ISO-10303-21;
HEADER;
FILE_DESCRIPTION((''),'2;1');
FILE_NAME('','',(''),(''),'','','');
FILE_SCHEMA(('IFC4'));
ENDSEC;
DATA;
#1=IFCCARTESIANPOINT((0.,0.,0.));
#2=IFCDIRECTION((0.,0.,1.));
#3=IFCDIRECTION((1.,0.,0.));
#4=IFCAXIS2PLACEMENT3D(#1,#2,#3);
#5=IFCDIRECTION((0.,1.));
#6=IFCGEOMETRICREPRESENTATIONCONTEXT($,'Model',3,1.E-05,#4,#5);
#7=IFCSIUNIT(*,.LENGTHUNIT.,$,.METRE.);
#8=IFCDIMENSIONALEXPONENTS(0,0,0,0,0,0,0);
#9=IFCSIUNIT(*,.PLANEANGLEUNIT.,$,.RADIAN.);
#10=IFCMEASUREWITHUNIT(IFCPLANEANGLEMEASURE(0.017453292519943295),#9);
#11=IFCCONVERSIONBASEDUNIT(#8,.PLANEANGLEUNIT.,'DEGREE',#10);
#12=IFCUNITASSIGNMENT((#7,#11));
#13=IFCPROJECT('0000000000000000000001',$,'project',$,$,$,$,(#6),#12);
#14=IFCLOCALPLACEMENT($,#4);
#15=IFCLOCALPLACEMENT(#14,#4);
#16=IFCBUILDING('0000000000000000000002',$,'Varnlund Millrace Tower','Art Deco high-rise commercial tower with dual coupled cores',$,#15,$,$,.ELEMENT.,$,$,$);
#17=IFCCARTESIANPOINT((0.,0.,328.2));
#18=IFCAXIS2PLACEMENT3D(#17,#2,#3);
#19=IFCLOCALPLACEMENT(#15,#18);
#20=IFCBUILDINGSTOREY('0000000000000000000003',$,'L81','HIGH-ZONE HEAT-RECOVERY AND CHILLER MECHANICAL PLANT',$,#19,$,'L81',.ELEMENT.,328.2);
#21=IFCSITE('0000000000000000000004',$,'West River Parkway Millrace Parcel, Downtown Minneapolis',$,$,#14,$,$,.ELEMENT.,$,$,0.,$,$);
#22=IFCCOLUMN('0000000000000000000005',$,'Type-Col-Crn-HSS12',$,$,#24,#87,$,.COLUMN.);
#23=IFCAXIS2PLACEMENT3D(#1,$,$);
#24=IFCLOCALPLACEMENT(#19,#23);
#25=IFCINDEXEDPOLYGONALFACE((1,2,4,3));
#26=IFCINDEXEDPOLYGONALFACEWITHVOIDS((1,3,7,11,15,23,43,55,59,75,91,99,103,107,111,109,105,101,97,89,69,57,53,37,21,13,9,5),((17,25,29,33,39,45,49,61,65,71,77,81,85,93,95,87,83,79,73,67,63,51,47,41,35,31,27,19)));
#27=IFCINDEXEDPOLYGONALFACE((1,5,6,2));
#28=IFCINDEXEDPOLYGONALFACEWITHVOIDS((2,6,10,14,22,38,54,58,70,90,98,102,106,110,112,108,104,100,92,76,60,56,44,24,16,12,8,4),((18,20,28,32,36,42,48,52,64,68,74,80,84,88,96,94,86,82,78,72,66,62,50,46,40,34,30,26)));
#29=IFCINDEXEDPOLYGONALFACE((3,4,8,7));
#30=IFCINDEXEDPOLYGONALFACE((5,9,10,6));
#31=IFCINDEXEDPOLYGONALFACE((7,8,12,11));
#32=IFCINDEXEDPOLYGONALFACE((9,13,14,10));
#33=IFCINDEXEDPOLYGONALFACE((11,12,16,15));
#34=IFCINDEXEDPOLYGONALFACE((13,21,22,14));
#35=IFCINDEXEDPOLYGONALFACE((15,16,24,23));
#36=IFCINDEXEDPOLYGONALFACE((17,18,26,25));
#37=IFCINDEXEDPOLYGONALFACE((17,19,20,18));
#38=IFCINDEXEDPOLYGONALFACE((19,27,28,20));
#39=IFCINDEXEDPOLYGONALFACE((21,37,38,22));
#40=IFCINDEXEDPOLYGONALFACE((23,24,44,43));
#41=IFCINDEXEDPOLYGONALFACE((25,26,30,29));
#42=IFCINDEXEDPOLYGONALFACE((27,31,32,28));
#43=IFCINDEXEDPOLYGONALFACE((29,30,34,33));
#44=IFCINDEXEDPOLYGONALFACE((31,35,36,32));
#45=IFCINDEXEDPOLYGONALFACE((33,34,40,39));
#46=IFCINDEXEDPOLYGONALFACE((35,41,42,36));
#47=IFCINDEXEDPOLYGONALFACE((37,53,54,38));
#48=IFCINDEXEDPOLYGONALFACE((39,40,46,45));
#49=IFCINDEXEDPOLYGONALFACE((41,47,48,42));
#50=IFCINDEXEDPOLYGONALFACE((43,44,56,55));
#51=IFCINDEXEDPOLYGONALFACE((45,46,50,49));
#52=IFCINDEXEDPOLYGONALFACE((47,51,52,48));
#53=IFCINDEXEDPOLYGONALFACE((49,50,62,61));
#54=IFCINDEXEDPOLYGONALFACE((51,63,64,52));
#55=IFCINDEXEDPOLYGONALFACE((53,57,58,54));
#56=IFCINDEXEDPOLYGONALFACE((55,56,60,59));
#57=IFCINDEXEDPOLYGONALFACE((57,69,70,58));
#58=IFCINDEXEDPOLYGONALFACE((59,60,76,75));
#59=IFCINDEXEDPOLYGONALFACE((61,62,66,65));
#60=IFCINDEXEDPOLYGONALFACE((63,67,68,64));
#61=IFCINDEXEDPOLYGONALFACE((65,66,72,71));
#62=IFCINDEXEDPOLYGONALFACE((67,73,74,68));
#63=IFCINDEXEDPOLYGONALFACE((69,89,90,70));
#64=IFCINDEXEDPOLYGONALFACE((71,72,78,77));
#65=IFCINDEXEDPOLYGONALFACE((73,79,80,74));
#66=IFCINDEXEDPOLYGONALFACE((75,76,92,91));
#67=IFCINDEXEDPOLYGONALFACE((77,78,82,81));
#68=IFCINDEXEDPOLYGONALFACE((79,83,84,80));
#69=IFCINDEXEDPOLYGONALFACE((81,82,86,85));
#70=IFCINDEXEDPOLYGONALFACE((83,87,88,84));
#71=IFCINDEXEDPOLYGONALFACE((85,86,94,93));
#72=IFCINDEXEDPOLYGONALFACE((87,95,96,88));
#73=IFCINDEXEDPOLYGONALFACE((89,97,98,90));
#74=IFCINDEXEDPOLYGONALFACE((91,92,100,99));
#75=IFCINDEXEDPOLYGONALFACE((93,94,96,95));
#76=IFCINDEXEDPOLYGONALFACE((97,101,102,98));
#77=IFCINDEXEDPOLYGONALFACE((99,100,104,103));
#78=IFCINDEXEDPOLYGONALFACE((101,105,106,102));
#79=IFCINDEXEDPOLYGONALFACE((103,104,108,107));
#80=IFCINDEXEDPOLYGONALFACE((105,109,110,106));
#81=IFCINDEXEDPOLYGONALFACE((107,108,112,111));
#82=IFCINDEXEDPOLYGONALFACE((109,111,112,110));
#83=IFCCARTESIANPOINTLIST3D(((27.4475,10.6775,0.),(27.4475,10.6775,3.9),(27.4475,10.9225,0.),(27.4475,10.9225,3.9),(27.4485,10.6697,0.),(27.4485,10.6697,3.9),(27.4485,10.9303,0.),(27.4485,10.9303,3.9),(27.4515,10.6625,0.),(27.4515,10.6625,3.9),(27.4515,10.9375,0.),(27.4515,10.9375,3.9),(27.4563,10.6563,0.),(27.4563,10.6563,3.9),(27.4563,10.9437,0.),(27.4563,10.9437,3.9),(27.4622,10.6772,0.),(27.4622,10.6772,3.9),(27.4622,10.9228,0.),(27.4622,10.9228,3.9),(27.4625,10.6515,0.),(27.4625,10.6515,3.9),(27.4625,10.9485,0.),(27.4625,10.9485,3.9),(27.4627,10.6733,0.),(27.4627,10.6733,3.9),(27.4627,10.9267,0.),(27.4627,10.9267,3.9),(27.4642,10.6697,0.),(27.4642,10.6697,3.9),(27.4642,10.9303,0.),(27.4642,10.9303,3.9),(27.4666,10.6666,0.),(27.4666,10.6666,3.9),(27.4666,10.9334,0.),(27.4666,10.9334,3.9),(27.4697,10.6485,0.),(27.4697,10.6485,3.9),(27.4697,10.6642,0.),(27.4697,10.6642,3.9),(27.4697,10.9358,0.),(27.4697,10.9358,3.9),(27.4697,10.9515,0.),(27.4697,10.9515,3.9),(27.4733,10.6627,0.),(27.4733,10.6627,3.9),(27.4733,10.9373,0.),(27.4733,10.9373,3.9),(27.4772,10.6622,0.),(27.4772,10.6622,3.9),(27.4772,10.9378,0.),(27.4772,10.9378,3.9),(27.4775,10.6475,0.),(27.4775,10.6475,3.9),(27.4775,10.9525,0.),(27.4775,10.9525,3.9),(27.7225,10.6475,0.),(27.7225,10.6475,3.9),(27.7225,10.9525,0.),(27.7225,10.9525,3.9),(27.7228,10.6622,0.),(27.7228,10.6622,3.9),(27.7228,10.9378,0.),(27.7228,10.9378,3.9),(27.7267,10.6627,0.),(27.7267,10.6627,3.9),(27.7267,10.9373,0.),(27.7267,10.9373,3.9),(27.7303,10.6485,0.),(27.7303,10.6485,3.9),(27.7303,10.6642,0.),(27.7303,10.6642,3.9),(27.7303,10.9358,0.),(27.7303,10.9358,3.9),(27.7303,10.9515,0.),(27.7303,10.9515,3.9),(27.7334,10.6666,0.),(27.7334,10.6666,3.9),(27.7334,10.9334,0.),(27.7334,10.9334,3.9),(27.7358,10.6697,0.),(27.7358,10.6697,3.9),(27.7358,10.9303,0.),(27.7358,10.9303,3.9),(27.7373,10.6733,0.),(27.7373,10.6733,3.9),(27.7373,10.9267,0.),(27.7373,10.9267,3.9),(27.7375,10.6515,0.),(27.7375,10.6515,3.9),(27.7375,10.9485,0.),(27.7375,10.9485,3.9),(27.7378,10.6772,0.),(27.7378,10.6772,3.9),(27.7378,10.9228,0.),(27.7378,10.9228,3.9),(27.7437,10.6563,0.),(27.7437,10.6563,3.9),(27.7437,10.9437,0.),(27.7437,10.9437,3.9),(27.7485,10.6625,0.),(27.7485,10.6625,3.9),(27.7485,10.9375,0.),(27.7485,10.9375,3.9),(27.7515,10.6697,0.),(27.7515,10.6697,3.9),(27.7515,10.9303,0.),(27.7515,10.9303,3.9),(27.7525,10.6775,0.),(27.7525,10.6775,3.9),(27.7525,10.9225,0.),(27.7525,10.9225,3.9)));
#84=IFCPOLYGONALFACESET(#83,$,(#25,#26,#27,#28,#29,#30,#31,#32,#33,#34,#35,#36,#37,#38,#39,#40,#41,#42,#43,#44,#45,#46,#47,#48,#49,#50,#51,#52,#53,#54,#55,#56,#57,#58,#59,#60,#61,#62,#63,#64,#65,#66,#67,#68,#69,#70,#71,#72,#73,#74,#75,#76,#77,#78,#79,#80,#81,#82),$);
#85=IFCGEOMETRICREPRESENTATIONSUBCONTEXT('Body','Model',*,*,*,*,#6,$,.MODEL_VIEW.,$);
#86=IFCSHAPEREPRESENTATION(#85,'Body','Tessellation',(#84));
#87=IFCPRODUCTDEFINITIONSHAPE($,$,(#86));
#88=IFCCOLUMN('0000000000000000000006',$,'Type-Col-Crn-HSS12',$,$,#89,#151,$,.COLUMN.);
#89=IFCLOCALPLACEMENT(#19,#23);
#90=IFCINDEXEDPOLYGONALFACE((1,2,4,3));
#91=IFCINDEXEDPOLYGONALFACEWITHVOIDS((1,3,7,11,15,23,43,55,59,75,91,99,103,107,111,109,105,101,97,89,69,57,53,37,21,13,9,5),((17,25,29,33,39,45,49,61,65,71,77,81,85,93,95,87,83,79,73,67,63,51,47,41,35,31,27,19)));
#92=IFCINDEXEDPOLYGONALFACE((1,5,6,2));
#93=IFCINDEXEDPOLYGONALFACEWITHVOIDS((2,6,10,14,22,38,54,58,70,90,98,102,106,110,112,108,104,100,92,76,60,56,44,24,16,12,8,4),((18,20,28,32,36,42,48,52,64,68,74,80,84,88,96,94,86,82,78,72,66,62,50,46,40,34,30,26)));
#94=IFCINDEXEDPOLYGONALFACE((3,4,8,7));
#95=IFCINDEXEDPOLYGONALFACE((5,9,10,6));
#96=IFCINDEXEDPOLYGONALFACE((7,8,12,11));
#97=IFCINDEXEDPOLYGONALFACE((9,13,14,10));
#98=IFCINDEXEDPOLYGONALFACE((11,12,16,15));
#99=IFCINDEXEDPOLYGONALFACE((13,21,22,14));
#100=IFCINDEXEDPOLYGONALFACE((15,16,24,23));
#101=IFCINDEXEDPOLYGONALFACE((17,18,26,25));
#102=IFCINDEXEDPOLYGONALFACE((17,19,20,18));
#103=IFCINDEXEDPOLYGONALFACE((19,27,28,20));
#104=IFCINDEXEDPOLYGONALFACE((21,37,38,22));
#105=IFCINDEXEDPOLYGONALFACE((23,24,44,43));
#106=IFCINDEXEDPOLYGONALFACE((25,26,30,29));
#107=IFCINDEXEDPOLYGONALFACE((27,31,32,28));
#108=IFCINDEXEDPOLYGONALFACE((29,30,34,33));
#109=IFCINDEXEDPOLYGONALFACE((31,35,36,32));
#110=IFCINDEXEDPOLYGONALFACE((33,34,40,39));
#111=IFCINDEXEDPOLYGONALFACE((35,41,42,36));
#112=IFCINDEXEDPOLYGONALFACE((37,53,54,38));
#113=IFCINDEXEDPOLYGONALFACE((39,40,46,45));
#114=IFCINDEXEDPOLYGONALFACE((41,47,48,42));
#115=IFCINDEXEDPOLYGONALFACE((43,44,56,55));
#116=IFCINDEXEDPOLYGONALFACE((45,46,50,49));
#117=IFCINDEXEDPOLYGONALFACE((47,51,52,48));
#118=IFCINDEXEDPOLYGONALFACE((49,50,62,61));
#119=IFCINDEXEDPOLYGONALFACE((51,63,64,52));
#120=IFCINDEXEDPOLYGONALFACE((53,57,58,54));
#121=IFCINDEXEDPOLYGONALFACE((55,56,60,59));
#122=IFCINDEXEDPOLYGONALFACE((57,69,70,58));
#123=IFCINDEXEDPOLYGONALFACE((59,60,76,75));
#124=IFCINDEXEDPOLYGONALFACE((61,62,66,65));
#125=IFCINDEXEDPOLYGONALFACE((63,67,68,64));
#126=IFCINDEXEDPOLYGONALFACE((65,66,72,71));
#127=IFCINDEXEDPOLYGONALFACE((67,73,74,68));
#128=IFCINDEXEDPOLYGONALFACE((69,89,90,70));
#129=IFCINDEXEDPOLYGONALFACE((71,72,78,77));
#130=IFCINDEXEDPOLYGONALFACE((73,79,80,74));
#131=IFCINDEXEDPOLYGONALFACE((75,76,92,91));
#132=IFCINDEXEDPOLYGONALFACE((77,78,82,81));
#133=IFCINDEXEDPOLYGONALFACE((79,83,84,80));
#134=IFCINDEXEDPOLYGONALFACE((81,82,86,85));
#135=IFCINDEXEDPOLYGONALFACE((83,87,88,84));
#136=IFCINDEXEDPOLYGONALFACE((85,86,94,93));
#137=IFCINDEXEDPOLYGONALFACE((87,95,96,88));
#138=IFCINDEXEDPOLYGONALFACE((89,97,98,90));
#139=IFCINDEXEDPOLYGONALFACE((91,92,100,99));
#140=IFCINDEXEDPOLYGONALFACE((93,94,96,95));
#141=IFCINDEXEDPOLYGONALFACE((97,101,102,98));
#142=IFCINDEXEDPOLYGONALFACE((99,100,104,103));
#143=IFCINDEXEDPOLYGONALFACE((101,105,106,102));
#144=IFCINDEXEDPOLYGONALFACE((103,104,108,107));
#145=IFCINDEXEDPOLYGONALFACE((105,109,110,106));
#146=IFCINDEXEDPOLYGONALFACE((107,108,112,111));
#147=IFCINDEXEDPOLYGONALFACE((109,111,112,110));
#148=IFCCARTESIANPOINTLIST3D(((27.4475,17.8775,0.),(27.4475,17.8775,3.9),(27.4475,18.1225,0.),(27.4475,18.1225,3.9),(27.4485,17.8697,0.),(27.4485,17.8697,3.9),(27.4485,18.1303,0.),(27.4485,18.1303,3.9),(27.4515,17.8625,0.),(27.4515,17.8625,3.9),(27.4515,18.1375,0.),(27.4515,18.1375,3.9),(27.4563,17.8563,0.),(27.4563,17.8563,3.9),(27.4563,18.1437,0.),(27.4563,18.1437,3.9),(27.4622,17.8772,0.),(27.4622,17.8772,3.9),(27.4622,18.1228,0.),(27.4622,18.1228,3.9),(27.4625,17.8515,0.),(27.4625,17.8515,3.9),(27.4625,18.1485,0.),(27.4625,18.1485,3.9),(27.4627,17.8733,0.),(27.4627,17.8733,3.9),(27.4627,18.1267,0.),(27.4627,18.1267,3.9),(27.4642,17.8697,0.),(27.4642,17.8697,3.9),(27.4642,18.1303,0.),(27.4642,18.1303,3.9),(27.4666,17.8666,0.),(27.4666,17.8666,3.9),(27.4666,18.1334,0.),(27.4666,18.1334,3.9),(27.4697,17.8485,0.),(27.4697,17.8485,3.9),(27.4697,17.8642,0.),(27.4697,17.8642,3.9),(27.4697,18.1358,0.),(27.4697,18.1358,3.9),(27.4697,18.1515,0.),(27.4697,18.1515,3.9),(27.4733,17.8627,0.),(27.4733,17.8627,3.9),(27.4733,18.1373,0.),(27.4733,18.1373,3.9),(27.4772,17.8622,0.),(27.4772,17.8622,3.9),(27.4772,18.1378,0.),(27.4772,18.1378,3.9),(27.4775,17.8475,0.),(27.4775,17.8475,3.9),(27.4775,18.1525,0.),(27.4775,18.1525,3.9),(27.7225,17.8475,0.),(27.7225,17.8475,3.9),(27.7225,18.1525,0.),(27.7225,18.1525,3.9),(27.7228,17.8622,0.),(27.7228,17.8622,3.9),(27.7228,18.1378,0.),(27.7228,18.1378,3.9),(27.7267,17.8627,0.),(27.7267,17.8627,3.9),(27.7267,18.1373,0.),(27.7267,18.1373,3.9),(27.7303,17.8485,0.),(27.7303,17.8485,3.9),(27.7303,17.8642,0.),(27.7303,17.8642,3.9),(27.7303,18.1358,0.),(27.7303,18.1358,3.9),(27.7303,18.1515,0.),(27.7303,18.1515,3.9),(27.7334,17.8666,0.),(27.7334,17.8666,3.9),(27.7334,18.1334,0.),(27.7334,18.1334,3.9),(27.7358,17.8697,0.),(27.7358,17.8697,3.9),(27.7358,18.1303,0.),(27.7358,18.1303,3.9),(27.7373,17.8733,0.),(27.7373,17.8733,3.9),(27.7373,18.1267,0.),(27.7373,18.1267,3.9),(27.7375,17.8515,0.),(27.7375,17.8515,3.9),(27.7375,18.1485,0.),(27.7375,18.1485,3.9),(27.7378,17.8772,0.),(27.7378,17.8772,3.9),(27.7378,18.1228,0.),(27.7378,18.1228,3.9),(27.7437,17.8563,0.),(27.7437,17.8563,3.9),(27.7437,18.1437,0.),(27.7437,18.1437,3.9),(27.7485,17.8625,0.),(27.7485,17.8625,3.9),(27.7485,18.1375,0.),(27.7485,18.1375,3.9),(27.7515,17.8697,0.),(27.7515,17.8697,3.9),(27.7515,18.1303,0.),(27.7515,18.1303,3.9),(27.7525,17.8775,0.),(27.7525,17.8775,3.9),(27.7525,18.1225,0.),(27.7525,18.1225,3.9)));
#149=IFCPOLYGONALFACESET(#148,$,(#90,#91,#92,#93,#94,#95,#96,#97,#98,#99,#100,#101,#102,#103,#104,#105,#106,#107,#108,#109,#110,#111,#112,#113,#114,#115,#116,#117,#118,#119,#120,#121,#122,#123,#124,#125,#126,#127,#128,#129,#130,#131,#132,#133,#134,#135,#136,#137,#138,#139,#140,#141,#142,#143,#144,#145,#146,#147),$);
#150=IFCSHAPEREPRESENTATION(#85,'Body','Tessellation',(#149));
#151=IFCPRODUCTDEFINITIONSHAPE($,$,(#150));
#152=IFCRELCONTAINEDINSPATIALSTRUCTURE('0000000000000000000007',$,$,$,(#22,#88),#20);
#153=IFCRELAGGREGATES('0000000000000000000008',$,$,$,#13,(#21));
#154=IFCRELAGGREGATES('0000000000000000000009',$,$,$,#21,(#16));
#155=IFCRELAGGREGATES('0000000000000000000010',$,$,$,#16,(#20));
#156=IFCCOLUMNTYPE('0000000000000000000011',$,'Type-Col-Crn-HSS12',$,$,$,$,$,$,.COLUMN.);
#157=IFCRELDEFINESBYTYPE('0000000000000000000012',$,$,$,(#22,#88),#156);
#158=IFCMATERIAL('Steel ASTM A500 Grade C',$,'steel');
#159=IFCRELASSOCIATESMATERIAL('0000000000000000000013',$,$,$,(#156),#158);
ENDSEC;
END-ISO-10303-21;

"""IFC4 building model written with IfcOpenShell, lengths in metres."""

from ifc_helpers import new_model, entity, si_unit, converted_unit, direction, frame, origin_with_axes, origin_2d_with_axis, place, context, subcontext, project, spatial, hollow_rectangle, extrude, material, material_profile, profile_set, type_object, element, save


model = new_model("IFC4")

# Units and contexts
model_context = context("Model", 3, precision=1e-05, world=origin_with_axes(), true_north=direction((0.0, 1.0)))
body_context = subcontext(model_context, "Body", "Model", "MODEL_VIEW")
ifc_project = project(units=[si_unit("LENGTHUNIT", "METRE"), converted_unit("PLANEANGLEUNIT", "DEGREE", entity("IfcPlaneAngleMeasure", 0.017453292519943295), si_unit("PLANEANGLEUNIT", "RADIAN"), dimensions=[0, 0, 0, 0, 0, 0, 0])], contexts=[model_context])

# Site, building, storey
site_placement = place(None, origin_with_axes())
site = spatial("IfcSite", under=ifc_project, at=site_placement, Name="West River Parkway Millrace Parcel, Downtown Minneapolis", CompositionType="ELEMENT", RefElevation=0.0)
building_placement = place(site_placement, origin_with_axes())
building = spatial("IfcBuilding", under=site, at=building_placement, Name="Varnlund Millrace Tower", Description="Art Deco high-rise commercial tower with dual coupled cores", CompositionType="ELEMENT")
storey_placement = place(building_placement, frame((0.0, 0.0, 328.2), z_axis=(0.0, 0.0, 1.0), x_axis=(1.0, 0.0, 0.0)))
storey = spatial("IfcBuildingStorey", under=building, at=storey_placement, Name="L81", Description="HIGH-ZONE HEAT-RECOVERY AND CHILLER MECHANICAL PLANT", LongName="L81", CompositionType="ELEMENT", Elevation=328.2)

# Columns
ifc_material_1 = material(Name="Steel ASTM A500 Grade C", Category="steel")
ifc_material_profile_1 = material_profile(ifc_material_1, hollow_rectangle(XDim=0.305, YDim=0.305, WallThickness=0.0147, InnerFilletRadius=0.015, OuterFilletRadius=0.03, at=origin_2d_with_axis()), Name="Steel ASTM A500 Grade C")
ifc_profile_set_1 = profile_set([ifc_material_profile_1], Name="Steel ASTM A500 Grade C")
column_type = type_object("IfcColumnType", Name="Type-Col-Crn-HSS12", PredefinedType="COLUMN", material=ifc_profile_set_1)
for number, where, z_axis, x_axis, name in (
    (1, (27.6, 10.8, 0.0), (0.0, 0.0, 1.0), (1.0, 0.0, 0.0), "Type-Col-Crn-HSS12"),
    (2, (27.6, 18.0, 0.0), (0.0, 0.0, 1.0), (1.0, 0.0, 0.0), "Type-Col-Crn-HSS12"),
):
    element("IfcColumn", number, at=place(storey_placement, frame(where, z_axis=z_axis, x_axis=x_axis)), inside=storey, type_object=column_type, Name=name, PredefinedType="COLUMN", context=body_context, shape_type="SweptSolid", body=[
        extrude(hollow_rectangle(XDim=0.305, YDim=0.305, WallThickness=0.0147, InnerFilletRadius=0.015, OuterFilletRadius=0.03, at=origin_2d_with_axis()), origin_with_axes(), (0.0, 0.0, 1.0), 3.9),
    ])

save(model, "model.ifc")
